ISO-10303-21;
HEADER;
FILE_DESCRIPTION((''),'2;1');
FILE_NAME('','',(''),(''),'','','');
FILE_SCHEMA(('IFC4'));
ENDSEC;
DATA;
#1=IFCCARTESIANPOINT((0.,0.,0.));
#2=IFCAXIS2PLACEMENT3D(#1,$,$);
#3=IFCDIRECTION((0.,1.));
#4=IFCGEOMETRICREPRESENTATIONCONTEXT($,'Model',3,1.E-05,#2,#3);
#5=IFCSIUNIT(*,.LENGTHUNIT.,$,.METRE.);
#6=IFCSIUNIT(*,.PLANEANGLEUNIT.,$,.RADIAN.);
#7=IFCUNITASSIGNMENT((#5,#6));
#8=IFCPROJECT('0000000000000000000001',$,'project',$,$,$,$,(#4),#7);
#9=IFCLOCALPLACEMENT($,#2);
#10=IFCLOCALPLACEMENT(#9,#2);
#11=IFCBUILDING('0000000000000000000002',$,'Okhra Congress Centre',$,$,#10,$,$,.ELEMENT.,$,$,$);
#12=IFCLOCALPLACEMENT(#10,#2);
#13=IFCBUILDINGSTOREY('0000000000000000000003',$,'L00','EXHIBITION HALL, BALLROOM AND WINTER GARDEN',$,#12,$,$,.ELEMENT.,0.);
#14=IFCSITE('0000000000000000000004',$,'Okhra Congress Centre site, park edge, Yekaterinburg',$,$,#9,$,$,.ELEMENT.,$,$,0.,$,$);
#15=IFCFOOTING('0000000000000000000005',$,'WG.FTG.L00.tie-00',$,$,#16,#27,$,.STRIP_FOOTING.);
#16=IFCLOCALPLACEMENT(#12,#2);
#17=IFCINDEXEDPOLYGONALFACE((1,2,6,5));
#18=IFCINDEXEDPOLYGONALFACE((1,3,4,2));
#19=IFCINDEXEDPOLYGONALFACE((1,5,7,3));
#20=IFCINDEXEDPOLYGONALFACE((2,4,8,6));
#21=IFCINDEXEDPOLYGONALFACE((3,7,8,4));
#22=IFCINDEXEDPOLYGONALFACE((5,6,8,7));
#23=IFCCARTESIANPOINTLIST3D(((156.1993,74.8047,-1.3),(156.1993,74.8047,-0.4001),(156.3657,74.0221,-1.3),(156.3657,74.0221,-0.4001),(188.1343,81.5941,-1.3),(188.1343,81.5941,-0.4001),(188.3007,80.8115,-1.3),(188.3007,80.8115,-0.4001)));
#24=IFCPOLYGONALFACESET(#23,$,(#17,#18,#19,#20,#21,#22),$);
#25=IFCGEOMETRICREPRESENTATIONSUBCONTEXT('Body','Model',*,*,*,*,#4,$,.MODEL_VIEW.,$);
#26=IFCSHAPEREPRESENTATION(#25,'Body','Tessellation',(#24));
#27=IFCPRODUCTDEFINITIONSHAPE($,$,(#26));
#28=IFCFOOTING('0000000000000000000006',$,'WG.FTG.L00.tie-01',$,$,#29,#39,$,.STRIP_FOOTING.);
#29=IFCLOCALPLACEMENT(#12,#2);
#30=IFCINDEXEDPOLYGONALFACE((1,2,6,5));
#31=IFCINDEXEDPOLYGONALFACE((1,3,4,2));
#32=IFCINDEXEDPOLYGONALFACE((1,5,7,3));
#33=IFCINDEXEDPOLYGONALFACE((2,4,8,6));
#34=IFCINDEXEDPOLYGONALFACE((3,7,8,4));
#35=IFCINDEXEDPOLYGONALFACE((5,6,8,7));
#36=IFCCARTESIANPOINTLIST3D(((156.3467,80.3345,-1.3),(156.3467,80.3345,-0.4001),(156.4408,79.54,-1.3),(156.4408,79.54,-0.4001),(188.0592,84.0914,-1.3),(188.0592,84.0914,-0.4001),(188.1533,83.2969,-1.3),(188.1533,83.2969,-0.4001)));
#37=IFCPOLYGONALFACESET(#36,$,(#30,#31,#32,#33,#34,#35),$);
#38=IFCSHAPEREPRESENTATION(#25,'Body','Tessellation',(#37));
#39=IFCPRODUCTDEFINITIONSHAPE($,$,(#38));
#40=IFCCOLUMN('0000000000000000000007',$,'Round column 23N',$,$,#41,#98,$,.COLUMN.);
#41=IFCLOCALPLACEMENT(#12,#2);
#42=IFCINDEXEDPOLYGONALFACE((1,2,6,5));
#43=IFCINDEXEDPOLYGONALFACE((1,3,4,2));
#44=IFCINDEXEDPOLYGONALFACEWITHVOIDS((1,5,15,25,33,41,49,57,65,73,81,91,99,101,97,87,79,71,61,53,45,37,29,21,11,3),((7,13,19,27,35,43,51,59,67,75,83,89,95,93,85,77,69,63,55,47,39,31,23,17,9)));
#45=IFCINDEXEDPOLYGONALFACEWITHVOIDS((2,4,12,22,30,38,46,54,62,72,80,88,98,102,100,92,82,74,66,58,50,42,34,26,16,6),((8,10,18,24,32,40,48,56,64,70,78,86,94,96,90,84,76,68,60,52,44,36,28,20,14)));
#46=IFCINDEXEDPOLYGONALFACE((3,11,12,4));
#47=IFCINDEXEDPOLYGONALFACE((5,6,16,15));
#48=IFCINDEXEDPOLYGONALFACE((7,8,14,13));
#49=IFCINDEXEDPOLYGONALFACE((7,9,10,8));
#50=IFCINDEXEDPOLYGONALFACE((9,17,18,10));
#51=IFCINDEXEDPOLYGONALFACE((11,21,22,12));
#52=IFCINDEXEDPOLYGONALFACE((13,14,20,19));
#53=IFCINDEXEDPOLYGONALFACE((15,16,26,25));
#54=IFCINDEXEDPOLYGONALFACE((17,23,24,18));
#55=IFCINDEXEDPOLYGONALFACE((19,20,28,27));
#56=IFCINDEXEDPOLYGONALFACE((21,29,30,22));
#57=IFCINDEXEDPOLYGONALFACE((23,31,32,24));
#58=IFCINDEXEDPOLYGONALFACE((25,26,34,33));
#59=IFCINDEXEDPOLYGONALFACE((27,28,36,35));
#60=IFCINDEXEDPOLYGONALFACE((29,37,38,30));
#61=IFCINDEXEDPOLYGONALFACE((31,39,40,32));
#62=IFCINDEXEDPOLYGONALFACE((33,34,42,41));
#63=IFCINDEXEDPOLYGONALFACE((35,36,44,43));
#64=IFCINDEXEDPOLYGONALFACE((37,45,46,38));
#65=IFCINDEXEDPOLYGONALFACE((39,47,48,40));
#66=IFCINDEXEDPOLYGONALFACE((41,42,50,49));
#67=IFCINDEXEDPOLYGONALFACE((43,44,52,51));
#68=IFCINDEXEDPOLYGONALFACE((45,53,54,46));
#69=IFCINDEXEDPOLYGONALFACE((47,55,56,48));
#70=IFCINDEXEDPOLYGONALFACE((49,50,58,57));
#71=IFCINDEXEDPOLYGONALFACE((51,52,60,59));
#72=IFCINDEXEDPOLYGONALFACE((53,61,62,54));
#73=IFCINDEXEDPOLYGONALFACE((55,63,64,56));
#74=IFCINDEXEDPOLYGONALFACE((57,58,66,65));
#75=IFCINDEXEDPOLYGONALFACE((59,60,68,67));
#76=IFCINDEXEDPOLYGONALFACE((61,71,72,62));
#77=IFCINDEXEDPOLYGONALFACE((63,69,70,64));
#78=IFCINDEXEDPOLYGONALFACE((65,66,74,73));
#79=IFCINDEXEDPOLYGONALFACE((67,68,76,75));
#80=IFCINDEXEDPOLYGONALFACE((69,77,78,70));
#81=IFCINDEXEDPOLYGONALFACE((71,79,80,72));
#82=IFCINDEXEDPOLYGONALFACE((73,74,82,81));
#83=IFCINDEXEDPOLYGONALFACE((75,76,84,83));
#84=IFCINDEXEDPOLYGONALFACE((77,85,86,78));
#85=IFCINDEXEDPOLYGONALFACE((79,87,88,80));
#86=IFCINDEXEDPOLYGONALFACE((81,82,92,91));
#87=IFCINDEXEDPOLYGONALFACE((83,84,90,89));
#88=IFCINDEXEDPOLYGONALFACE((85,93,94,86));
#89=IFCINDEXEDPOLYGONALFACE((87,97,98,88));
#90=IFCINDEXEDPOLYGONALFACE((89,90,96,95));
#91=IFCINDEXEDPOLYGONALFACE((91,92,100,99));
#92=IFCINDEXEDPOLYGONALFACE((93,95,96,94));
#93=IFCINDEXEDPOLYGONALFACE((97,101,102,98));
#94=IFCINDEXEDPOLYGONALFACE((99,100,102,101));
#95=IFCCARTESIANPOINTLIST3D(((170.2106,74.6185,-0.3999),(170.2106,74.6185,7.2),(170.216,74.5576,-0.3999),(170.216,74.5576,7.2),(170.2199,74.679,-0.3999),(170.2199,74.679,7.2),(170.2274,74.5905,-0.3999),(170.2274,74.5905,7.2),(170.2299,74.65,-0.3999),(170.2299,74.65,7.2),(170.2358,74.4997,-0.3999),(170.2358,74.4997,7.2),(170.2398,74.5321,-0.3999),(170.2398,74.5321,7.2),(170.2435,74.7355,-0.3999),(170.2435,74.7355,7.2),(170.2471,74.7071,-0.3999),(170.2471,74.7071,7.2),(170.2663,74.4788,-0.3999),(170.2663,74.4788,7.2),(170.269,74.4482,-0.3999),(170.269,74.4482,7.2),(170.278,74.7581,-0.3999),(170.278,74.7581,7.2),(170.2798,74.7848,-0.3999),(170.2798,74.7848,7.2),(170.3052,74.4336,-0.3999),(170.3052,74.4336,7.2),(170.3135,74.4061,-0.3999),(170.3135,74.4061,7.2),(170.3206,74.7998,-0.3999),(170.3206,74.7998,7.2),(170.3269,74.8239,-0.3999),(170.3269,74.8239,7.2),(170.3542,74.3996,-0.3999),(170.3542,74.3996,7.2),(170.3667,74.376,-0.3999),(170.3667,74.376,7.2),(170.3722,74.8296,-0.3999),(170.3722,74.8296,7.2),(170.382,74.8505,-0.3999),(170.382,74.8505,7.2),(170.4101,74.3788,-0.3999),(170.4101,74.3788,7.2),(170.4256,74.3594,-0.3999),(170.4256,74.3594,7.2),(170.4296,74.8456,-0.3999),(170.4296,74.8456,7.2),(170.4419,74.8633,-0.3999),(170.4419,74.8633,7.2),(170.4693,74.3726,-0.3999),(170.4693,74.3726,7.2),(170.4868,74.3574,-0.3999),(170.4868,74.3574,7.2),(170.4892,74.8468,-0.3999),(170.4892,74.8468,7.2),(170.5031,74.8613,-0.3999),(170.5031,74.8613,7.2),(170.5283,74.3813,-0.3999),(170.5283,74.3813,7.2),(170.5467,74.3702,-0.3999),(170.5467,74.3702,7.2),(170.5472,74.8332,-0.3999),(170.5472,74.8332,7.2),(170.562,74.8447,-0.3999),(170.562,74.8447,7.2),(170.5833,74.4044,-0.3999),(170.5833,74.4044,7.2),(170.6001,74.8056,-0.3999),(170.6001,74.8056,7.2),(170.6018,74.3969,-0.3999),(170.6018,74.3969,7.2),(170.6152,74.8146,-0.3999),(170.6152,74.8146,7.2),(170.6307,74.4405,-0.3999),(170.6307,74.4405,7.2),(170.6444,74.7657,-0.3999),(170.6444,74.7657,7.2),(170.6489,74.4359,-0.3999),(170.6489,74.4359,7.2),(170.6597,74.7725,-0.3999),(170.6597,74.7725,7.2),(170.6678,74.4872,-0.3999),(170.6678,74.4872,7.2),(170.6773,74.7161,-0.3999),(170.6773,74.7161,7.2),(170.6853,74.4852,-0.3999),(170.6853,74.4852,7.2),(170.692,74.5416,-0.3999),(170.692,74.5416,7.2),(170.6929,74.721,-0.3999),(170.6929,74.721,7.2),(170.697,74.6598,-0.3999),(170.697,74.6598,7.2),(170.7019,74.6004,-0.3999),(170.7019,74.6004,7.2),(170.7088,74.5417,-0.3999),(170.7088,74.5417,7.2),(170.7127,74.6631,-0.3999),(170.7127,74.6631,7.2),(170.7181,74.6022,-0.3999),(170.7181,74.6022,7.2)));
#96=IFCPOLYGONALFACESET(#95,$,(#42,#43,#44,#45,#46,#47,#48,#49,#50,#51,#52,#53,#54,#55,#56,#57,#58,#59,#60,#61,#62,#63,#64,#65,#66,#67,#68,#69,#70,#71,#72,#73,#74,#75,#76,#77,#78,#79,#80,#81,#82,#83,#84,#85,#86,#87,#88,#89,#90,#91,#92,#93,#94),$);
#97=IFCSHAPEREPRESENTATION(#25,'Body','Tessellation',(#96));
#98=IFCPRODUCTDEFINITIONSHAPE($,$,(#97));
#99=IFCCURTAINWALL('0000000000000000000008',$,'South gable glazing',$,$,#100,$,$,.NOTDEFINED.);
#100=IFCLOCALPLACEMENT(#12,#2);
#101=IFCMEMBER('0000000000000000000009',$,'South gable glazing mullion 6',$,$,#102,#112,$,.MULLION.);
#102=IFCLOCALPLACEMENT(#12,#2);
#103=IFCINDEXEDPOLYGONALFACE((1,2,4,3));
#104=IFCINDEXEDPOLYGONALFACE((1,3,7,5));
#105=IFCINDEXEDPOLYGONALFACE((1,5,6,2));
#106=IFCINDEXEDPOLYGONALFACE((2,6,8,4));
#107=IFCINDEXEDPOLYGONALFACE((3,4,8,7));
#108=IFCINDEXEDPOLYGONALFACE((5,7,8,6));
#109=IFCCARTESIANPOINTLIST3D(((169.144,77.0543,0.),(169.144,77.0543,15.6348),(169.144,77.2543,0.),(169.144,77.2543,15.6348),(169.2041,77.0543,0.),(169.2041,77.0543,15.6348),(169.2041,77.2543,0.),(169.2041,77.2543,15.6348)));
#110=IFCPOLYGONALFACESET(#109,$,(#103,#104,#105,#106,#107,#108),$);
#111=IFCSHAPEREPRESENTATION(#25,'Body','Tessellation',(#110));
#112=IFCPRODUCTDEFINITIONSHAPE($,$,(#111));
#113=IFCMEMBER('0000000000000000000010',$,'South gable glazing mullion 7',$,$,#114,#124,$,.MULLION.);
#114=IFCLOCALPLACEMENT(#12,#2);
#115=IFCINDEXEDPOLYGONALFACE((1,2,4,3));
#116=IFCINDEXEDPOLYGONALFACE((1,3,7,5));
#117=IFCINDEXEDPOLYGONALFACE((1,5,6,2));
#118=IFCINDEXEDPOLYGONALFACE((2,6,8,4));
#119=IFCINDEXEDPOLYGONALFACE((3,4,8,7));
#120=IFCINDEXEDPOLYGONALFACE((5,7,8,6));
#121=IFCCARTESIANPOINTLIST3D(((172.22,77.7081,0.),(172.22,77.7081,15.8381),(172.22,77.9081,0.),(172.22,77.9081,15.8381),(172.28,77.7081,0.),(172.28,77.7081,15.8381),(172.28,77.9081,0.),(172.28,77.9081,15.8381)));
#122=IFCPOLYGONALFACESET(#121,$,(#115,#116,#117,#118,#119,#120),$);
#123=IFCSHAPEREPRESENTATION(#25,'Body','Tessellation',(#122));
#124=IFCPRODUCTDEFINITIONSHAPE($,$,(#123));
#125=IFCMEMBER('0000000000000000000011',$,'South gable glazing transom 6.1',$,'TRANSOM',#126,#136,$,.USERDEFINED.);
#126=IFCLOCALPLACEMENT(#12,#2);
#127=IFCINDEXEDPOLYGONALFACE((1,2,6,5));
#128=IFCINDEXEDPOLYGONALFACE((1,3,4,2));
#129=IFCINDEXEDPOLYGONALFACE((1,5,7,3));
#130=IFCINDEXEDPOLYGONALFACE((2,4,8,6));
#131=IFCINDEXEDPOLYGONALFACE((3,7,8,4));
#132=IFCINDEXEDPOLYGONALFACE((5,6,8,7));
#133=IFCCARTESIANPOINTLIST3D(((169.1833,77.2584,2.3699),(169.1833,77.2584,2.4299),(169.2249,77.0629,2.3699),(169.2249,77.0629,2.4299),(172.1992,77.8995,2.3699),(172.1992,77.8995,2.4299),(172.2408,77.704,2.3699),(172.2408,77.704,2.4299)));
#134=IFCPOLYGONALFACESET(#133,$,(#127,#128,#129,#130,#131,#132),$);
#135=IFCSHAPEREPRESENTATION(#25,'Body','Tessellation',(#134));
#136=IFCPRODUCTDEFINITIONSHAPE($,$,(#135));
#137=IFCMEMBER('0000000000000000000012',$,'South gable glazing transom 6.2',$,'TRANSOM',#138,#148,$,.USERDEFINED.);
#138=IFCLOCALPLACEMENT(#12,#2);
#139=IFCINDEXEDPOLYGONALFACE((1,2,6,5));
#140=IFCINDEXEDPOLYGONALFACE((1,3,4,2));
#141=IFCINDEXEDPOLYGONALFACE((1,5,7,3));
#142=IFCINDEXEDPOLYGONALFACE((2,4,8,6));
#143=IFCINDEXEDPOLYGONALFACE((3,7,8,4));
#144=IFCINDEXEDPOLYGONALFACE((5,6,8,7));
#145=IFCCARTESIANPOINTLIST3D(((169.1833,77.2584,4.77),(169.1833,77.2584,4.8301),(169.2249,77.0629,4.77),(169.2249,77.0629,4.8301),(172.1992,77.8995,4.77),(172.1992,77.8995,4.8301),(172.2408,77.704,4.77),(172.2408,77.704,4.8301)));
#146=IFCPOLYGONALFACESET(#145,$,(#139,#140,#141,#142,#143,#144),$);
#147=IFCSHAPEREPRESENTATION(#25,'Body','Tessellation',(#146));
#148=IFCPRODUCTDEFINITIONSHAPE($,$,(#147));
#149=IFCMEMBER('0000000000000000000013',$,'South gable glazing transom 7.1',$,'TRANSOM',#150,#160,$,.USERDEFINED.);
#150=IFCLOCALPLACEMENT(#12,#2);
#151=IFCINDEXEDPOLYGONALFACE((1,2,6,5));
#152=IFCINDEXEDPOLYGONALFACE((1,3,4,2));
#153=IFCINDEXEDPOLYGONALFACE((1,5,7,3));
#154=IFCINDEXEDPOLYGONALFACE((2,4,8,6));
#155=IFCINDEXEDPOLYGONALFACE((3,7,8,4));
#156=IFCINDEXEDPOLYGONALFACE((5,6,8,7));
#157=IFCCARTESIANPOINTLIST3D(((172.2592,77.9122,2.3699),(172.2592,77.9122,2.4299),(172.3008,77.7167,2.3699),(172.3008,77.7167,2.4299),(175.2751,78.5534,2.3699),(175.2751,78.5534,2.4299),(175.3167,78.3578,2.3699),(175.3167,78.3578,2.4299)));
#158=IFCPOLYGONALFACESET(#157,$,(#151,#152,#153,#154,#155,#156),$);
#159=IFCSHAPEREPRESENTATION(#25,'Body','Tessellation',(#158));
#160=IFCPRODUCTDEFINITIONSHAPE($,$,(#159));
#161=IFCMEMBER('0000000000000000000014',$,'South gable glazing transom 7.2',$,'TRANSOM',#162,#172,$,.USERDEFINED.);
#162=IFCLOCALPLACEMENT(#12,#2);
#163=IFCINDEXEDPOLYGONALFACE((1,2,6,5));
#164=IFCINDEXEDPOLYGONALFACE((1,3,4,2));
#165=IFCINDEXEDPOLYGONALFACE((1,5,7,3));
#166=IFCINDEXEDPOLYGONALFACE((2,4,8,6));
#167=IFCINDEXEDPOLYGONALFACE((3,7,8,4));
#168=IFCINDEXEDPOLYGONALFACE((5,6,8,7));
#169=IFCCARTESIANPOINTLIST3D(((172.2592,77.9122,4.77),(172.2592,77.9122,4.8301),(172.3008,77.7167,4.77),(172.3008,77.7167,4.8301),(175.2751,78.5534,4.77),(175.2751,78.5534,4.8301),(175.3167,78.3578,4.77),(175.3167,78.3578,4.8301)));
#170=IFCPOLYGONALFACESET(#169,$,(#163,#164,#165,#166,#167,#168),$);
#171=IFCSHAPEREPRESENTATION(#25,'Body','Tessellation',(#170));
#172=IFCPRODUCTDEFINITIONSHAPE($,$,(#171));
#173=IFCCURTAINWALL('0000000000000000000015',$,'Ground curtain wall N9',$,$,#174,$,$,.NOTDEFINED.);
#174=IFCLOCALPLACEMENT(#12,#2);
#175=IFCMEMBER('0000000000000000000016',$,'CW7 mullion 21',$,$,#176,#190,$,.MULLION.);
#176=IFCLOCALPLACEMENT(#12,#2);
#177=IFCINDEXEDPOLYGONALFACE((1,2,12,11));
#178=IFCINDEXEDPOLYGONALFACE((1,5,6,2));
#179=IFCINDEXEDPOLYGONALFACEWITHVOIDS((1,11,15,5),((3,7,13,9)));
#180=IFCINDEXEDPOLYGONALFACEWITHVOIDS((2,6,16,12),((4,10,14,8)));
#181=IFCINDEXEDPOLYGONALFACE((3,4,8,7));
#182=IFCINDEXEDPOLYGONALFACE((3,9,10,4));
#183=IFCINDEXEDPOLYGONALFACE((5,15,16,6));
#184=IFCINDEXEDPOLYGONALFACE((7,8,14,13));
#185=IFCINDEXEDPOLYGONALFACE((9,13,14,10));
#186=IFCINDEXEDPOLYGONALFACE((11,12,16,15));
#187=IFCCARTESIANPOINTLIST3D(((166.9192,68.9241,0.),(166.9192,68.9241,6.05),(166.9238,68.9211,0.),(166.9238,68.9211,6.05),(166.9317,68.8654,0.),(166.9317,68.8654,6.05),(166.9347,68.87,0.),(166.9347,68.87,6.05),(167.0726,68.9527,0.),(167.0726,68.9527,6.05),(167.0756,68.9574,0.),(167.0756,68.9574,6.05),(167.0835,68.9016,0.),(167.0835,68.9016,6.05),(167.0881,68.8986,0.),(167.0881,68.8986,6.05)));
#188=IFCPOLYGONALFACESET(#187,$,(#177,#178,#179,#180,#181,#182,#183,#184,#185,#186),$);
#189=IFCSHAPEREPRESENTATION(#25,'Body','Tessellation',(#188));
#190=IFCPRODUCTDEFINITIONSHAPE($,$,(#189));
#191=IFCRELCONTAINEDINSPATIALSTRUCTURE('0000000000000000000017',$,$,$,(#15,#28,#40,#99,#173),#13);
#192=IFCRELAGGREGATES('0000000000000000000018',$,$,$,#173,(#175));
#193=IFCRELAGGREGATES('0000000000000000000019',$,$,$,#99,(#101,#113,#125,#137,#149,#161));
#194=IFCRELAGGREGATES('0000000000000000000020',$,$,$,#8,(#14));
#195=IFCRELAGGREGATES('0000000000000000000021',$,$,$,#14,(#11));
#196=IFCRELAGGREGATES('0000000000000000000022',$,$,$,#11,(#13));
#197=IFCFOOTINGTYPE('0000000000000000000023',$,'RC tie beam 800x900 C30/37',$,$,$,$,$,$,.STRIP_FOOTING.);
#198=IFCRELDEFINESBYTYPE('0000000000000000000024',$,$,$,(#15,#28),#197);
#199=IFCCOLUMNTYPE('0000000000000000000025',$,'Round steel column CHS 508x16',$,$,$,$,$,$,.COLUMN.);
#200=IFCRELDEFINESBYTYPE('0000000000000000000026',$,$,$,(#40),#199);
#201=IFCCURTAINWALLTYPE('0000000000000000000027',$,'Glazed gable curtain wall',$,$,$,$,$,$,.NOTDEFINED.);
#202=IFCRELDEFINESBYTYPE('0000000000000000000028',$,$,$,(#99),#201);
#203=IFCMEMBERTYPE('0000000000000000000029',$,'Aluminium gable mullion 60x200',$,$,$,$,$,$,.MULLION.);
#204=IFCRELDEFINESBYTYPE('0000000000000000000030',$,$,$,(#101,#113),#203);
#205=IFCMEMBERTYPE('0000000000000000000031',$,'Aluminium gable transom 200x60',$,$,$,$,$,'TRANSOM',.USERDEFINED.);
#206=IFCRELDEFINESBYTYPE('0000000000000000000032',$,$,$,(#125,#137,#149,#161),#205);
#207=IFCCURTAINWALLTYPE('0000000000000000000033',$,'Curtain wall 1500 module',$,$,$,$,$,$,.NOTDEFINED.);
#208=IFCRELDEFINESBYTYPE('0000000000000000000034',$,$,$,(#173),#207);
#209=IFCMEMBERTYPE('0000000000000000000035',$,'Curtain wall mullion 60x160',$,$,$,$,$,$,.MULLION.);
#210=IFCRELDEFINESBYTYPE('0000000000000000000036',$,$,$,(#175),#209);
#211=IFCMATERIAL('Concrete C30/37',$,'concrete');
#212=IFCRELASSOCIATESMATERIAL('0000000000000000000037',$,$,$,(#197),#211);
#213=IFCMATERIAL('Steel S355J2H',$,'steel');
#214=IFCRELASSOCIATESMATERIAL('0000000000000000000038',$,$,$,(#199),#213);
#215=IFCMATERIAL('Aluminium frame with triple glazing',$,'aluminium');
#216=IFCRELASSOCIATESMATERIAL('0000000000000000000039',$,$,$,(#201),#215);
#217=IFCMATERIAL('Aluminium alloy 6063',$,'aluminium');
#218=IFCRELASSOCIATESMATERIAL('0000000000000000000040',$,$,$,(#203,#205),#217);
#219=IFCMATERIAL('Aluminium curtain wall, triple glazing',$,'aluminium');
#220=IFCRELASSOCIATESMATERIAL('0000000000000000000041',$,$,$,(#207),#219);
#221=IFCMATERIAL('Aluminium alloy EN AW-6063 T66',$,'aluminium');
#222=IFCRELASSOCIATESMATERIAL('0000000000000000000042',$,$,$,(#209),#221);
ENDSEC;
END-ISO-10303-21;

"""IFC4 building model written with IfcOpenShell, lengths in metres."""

from ifc_helpers import new_model, si_unit, direction, frame, origin, origin_2d, place, context, subcontext, project, spatial, rectangle, hollow_rectangle, hollow_circle, extrude, material, material_profile, profile_set, type_object, element, aggregate, save


model = new_model("IFC4")

# Units and contexts
model_context = context("Model", 3, precision=1e-05, world=origin(), true_north=direction((0.0, 1.0)))
body_context = subcontext(model_context, "Body", "Model", "MODEL_VIEW")
ifc_project = project(units=[si_unit("LENGTHUNIT", "METRE"), si_unit("PLANEANGLEUNIT", "RADIAN")], contexts=[model_context])

# Site, building, storey
site_placement = place(None, origin())
site = spatial("IfcSite", under=ifc_project, at=site_placement, Name="Okhra Congress Centre site, park edge, Yekaterinburg", CompositionType="ELEMENT", RefElevation=0.0)
building_placement = place(site_placement, origin())
building = spatial("IfcBuilding", under=site, at=building_placement, Name="Okhra Congress Centre", CompositionType="ELEMENT")
storey_placement = place(building_placement, origin())
storey = spatial("IfcBuildingStorey", under=building, at=storey_placement, Name="L00", Description="EXHIBITION HALL, BALLROOM AND WINTER GARDEN", CompositionType="ELEMENT", Elevation=0.0)

# Shared definitions
ifc_material_1 = material(Name="Concrete C30/37", Category="concrete")

# Footings
footing_type_1 = type_object("IfcFootingType", Name="RC tie beam 800x900 C30/37", PredefinedType="STRIP_FOOTING", material=ifc_material_1)
footing_1_placement = place(storey_placement, frame((172.25, 77.8081, -1.3), z_axis=(0.0, 0.0, 1.0), x_axis=(0.978139, 0.207952, 0.0)))
element("IfcFooting", 1, at=footing_1_placement, inside=storey, type_object=footing_type_1, Name="WG.FTG.L00.tie-00", PredefinedType="STRIP_FOOTING", context=body_context, shape_type="SweptSolid", body=[
    extrude(rectangle(XDim=32.6487, YDim=0.8, at=origin_2d()), origin(), (0.0, 0.0, 1.0), 0.8999),
])
footing_2_placement = place(storey_placement, frame((172.25, 81.8157, -1.3), z_axis=(0.0, 0.0, 1.0), x_axis=(0.993056, 0.117644, 0.0)))
element("IfcFooting", 2, at=footing_2_placement, inside=storey, type_object=footing_type_1, Name="WG.FTG.L00.tie-01", PredefinedType="STRIP_FOOTING", context=body_context, shape_type="SweptSolid", body=[
    extrude(rectangle(XDim=31.9343, YDim=0.8, at=origin_2d()), origin(), (0.0, 0.0, 1.0), 0.8999),
])

# Column
ifc_material_2 = material(Name="Steel S355J2H", Category="steel")
ifc_material_profile_1 = material_profile(ifc_material_2, hollow_circle(Radius=0.2539, WallThickness=0.0161, at=origin_2d()), Name="CHS 508x16")
ifc_profile_set_1 = profile_set([ifc_material_profile_1], Name="Steel S355J2H")
column_type = type_object("IfcColumnType", Name="Round steel column CHS 508x16", PredefinedType="COLUMN", material=ifc_profile_set_1)
column_placement = place(storey_placement, frame((170.4644, 74.6104, -0.3999), z_axis=(0.0, 0.0, 1.0), x_axis=(0.978148, 0.207912, 0.0)))
element("IfcColumn", 3, at=column_placement, inside=storey, type_object=column_type, Name="Round column 23N", PredefinedType="COLUMN", context=body_context, shape_type="SweptSolid", body=[
    extrude(hollow_circle(Radius=0.2539, WallThickness=0.0161, at=origin_2d()), origin(), (0.0, 0.0, 1.0), 7.5999),
])

# Curtain wall, members
ifc_material_3 = material(Name="Aluminium frame with triple glazing", Category="aluminium")
curtain_wall_type_1 = type_object("IfcCurtainWallType", Name="Glazed gable curtain wall", PredefinedType="NOTDEFINED", material=ifc_material_3)
curtain_wall_1_placement = place(storey_placement, origin())
curtain_wall_1 = element("IfcCurtainWall", 4, at=curtain_wall_1_placement, inside=storey, type_object=curtain_wall_type_1, Name="South gable glazing", PredefinedType="NOTDEFINED")
ifc_material_4 = material(Name="Aluminium alloy 6063", Category="aluminium")
ifc_material_profile_2 = material_profile(ifc_material_4, rectangle(XDim=0.0601, YDim=0.2, at=origin_2d()), Name="AL 60x200 gable")
ifc_profile_set_2 = profile_set([ifc_material_profile_2], Name="Aluminium alloy 6063")
member_type_1 = type_object("IfcMemberType", Name="Aluminium gable mullion 60x200", PredefinedType="MULLION", material=ifc_profile_set_2)
member_1_placement = place(storey_placement, frame((169.1741, 77.1543, 0.0), z_axis=(0.0, 0.0, 1.0), x_axis=(1.0, 0.0, 0.0)))
member_1 = element("IfcMember", 5, at=member_1_placement, type_object=member_type_1, Name="South gable glazing mullion 6", PredefinedType="MULLION", context=body_context, shape_type="SweptSolid", body=[
    extrude(rectangle(XDim=0.0601, YDim=0.2, at=origin_2d()), origin(), (0.0, 0.0, 1.0), 15.6348),
])
member_2_placement = place(storey_placement, frame((172.25, 77.8081, 0.0), z_axis=(0.0, 0.0, 1.0), x_axis=(1.0, 0.0, 0.0)))
member_2 = element("IfcMember", 6, at=member_2_placement, type_object=member_type_1, Name="South gable glazing mullion 7", PredefinedType="MULLION", context=body_context, shape_type="SweptSolid", body=[
    extrude(rectangle(XDim=0.0601, YDim=0.2, at=origin_2d()), origin(), (0.0, 0.0, 1.0), 15.8381),
])
ifc_material_profile_3 = material_profile(ifc_material_4, rectangle(XDim=0.2, YDim=0.0601, at=origin_2d()), Name="AL 200x60 gable transom")
ifc_profile_set_3 = profile_set([ifc_material_profile_3], Name="Aluminium alloy 6063")
member_type_2 = type_object("IfcMemberType", Name="Aluminium gable transom 200x60", ElementType="TRANSOM", PredefinedType="USERDEFINED", material=ifc_profile_set_3)
member_3_placement = place(storey_placement, frame((169.2041, 77.1606, 2.3999), z_axis=(0.978143, 0.207934, 0.0), x_axis=(-0.207934, 0.978143, 0.0)))
member_3 = element("IfcMember", 7, at=member_3_placement, type_object=member_type_2, Name="South gable glazing transom 6.1", ObjectType="TRANSOM", PredefinedType="USERDEFINED", context=body_context, shape_type="SweptSolid", body=[
    extrude(rectangle(XDim=0.2, YDim=0.0601, at=origin_2d()), origin(), (0.0, 0.0, 1.0), 3.0833),
])
member_4_placement = place(storey_placement, frame((169.2041, 77.1606, 4.8), z_axis=(0.978143, 0.207934, 0.0), x_axis=(-0.207934, 0.978143, 0.0)))
member_4 = element("IfcMember", 8, at=member_4_placement, type_object=member_type_2, Name="South gable glazing transom 6.2", ObjectType="TRANSOM", PredefinedType="USERDEFINED", context=body_context, shape_type="SweptSolid", body=[
    extrude(rectangle(XDim=0.2, YDim=0.0601, at=origin_2d()), origin(), (0.0, 0.0, 1.0), 3.0833),
])
member_5_placement = place(storey_placement, frame((172.28, 77.8145, 2.3999), z_axis=(0.978143, 0.207934, 0.0), x_axis=(-0.207934, 0.978143, 0.0)))
member_5 = element("IfcMember", 9, at=member_5_placement, type_object=member_type_2, Name="South gable glazing transom 7.1", ObjectType="TRANSOM", PredefinedType="USERDEFINED", context=body_context, shape_type="SweptSolid", body=[
    extrude(rectangle(XDim=0.2, YDim=0.0601, at=origin_2d()), origin(), (0.0, 0.0, 1.0), 3.0833),
])
member_6_placement = place(storey_placement, frame((172.28, 77.8145, 4.8), z_axis=(0.978143, 0.207934, 0.0), x_axis=(-0.207934, 0.978143, 0.0)))
member_6 = element("IfcMember", 10, at=member_6_placement, type_object=member_type_2, Name="South gable glazing transom 7.2", ObjectType="TRANSOM", PredefinedType="USERDEFINED", context=body_context, shape_type="SweptSolid", body=[
    extrude(rectangle(XDim=0.2, YDim=0.0601, at=origin_2d()), origin(), (0.0, 0.0, 1.0), 3.0833),
])

# Curtain wall, member
ifc_material_5 = material(Name="Aluminium curtain wall, triple glazing", Category="aluminium")
curtain_wall_type_2 = type_object("IfcCurtainWallType", Name="Curtain wall 1500 module", PredefinedType="NOTDEFINED", material=ifc_material_5)
curtain_wall_2_placement = place(storey_placement, origin())
curtain_wall_2 = element("IfcCurtainWall", 11, at=curtain_wall_2_placement, inside=storey, type_object=curtain_wall_type_2, Name="Ground curtain wall N9", PredefinedType="NOTDEFINED")
ifc_material_6 = material(Name="Aluminium alloy EN AW-6063 T66", Category="aluminium")
ifc_material_profile_4 = material_profile(ifc_material_6, hollow_rectangle(XDim=0.0601, YDim=0.1599, WallThickness=0.0039, at=origin_2d()), Name="RHS 60x160x4")
ifc_profile_set_4 = profile_set([ifc_material_profile_4], Name="Aluminium alloy EN AW-6063 T66")
member_type_3 = type_object("IfcMemberType", Name="Curtain wall mullion 60x160", PredefinedType="MULLION", material=ifc_profile_set_4)
member_7_placement = place(storey_placement, frame((167.0037, 68.9114, 0.0), z_axis=(0.0, 0.0, 1.0), x_axis=(-0.207912, 0.978148, 0.0)))
member_7 = element("IfcMember", 12, at=member_7_placement, type_object=member_type_3, Name="CW7 mullion 21", PredefinedType="MULLION", context=body_context, shape_type="SweptSolid", body=[
    extrude(hollow_rectangle(XDim=0.0601, YDim=0.1599, WallThickness=0.0039, at=origin_2d()), origin(), (0.0, 0.0, 1.0), 6.05),
])
aggregate(curtain_wall_2, [member_7])

aggregate(curtain_wall_1, [member_1, member_2, member_3, member_4, member_5, member_6])

save(model, "model.ifc")
